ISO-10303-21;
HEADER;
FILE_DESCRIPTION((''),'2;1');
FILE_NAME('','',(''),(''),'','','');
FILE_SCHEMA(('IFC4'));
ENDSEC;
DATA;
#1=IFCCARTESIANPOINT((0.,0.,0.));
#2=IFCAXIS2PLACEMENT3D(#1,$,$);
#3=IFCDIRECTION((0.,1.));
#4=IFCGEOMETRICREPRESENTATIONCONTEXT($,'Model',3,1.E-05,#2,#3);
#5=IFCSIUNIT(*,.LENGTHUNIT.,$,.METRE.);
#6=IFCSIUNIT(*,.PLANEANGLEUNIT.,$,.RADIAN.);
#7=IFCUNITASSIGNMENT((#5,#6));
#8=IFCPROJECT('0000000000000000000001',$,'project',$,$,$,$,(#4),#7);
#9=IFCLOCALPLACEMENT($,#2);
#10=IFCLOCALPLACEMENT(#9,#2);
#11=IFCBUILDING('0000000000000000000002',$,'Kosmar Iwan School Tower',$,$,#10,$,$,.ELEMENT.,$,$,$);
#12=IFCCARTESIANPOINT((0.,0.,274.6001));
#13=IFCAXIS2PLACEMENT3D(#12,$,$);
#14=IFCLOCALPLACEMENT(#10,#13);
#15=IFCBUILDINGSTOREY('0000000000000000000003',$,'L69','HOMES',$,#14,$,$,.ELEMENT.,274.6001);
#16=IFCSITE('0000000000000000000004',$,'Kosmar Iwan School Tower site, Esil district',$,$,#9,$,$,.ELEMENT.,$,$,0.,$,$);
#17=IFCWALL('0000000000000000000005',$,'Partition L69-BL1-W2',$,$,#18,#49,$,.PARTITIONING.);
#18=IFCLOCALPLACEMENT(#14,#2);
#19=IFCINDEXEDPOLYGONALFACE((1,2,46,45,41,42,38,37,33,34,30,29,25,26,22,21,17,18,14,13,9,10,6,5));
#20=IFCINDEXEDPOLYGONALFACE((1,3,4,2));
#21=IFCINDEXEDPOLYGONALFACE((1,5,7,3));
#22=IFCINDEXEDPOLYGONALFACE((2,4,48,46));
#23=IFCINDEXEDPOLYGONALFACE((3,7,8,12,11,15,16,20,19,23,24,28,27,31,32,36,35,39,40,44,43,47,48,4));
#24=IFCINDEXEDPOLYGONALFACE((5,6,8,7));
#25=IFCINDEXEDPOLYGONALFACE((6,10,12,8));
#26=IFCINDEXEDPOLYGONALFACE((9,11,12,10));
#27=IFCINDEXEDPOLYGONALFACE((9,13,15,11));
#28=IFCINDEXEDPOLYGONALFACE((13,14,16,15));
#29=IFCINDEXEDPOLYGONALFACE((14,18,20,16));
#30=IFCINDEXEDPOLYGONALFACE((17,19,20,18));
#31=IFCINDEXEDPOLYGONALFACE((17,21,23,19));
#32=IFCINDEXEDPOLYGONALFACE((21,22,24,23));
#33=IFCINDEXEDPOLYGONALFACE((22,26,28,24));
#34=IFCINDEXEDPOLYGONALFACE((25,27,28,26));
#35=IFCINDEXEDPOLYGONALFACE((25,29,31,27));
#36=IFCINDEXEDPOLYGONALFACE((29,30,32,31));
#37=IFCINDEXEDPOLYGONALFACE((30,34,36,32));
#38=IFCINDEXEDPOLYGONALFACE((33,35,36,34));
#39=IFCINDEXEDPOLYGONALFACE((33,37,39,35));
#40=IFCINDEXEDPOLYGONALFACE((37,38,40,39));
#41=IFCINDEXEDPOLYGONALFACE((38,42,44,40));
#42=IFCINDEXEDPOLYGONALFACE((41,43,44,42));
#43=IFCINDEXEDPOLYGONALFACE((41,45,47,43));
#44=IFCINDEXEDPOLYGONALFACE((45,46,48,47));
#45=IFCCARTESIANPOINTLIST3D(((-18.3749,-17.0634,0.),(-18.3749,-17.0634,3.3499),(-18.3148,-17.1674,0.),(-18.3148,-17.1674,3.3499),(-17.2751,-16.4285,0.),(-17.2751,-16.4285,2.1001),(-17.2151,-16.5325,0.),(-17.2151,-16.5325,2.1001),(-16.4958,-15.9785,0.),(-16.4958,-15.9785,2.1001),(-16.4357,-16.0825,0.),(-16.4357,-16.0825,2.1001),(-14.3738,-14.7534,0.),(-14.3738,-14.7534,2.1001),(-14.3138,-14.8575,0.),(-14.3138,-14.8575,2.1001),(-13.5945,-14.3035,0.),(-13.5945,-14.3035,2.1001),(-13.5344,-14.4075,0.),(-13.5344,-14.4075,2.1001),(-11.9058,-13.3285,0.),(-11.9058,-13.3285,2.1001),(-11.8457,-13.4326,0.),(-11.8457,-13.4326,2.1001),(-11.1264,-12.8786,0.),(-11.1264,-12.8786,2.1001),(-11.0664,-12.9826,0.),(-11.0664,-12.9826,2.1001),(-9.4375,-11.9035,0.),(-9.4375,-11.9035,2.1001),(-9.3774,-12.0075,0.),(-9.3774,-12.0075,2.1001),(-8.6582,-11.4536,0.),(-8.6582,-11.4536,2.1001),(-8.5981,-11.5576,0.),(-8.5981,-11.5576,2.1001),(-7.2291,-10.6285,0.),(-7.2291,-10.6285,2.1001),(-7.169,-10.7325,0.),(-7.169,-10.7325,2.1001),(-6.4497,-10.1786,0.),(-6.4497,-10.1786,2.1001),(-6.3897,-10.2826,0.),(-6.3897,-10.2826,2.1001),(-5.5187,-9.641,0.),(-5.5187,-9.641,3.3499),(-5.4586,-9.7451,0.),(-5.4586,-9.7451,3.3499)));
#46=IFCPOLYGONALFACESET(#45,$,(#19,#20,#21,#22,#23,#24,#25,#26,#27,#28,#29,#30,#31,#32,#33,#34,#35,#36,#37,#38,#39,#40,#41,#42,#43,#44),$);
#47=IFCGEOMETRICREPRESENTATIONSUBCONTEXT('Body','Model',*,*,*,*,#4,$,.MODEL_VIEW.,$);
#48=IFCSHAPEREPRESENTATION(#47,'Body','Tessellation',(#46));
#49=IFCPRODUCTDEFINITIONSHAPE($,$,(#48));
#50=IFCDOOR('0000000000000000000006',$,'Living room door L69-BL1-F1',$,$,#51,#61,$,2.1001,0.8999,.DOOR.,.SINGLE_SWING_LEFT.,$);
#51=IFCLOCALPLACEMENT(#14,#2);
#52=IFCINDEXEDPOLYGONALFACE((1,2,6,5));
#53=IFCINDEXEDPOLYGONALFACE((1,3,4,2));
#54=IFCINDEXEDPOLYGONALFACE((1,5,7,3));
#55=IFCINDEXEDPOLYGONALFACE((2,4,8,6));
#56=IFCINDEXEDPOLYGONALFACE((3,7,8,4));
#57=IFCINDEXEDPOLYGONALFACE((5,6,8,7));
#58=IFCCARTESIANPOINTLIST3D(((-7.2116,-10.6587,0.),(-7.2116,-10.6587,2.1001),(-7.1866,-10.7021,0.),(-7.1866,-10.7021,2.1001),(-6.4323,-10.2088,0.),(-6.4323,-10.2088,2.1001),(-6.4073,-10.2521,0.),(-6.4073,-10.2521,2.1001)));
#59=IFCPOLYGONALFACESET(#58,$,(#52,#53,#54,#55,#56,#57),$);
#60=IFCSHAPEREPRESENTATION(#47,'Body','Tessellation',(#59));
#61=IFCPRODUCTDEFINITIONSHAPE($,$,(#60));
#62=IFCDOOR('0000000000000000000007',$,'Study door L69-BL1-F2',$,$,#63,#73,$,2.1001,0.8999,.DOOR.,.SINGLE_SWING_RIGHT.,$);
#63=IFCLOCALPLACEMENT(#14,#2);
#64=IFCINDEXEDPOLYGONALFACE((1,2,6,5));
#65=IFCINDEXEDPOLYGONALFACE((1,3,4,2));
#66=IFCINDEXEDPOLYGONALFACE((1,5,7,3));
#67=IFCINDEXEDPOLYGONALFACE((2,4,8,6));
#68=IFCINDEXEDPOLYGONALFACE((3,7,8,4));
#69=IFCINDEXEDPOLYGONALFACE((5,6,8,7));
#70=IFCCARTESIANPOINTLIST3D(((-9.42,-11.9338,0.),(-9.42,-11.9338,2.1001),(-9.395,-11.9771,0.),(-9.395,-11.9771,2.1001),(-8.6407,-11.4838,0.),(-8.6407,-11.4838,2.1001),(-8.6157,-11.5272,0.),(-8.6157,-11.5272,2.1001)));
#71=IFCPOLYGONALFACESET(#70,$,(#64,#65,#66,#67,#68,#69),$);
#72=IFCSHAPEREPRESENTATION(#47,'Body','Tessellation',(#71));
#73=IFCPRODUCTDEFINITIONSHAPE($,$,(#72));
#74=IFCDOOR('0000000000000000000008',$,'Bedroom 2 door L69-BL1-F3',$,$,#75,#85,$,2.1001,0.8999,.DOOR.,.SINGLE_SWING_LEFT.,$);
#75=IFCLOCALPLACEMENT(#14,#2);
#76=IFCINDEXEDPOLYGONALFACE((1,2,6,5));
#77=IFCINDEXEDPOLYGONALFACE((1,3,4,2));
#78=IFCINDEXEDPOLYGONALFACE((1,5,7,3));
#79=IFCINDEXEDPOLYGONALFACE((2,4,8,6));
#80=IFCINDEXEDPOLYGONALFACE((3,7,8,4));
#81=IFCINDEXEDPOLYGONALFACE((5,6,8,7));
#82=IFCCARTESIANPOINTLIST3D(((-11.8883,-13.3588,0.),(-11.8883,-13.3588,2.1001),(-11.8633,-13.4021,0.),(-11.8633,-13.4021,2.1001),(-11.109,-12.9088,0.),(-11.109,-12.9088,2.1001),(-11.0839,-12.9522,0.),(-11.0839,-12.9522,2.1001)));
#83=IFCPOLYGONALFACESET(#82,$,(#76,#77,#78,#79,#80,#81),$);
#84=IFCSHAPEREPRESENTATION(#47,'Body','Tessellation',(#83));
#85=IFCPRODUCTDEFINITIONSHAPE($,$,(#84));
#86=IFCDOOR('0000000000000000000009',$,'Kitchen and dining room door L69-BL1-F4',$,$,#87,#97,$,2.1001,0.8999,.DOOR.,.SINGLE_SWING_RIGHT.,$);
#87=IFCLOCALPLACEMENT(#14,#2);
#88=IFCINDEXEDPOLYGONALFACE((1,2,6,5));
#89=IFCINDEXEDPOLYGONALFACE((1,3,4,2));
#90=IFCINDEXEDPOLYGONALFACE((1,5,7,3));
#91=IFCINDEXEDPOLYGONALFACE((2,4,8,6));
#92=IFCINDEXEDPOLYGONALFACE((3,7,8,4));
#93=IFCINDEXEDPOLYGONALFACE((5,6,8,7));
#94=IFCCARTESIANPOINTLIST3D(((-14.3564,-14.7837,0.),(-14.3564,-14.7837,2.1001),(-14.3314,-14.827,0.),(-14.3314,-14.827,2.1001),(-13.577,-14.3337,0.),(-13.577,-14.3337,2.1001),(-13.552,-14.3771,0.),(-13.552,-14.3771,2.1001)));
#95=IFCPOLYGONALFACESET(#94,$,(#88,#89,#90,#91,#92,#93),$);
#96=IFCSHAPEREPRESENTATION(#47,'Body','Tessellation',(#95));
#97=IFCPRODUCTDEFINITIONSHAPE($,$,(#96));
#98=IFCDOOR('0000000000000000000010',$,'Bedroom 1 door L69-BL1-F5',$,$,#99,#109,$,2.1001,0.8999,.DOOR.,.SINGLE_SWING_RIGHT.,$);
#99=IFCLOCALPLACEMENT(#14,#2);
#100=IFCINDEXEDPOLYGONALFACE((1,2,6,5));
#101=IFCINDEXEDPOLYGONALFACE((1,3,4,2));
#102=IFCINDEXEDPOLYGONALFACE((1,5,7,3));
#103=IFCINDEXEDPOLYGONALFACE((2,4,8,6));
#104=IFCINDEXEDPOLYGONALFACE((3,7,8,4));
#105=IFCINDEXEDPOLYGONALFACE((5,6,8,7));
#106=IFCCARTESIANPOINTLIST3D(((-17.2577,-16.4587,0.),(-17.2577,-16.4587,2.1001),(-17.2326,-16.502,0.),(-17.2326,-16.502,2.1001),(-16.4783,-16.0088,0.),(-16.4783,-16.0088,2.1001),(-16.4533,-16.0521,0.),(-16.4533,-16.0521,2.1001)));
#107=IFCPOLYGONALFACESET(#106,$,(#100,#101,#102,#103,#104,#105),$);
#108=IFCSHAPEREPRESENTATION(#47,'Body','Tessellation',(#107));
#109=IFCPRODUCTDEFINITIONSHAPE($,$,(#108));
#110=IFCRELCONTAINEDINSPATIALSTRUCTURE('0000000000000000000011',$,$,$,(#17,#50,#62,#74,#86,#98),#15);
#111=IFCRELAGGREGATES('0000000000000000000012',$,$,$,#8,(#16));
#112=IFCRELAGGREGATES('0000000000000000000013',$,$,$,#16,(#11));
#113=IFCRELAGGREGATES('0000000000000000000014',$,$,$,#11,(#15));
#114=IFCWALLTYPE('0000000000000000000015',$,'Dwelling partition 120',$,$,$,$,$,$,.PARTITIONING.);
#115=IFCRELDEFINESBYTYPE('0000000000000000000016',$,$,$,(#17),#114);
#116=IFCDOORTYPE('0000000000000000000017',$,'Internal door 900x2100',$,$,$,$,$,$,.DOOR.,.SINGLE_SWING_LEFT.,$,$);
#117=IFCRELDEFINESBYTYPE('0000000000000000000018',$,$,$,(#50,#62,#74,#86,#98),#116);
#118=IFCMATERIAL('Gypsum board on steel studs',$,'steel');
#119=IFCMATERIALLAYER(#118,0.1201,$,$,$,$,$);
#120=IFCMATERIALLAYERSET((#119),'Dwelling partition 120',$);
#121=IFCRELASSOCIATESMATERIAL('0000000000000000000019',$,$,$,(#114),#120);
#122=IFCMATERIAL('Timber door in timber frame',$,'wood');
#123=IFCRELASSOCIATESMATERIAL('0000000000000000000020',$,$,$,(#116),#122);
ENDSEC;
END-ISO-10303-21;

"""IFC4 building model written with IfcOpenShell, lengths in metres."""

from ifc_helpers import new_model, si_unit, direction, frame, frame_2d, origin, place, context, subcontext, project, spatial, rectangle, extrude, material, layer, layer_set, type_object, element, fill, save


model = new_model("IFC4")

# Units and contexts
model_context = context("Model", 3, precision=1e-05, world=origin(), true_north=direction((0.0, 1.0)))
body_context = subcontext(model_context, "Body", "Model", "MODEL_VIEW")
ifc_project = project(units=[si_unit("LENGTHUNIT", "METRE"), si_unit("PLANEANGLEUNIT", "RADIAN")], contexts=[model_context])

# Site, building, storey
site_placement = place(None, origin())
site = spatial("IfcSite", under=ifc_project, at=site_placement, Name="Kosmar Iwan School Tower site, Esil district", CompositionType="ELEMENT", RefElevation=0.0)
building_placement = place(site_placement, origin())
building = spatial("IfcBuilding", under=site, at=building_placement, Name="Kosmar Iwan School Tower", CompositionType="ELEMENT")
storey_placement = place(building_placement, frame((0.0, 0.0, 274.6001)))
storey = spatial("IfcBuildingStorey", under=building, at=storey_placement, Name="L69", Description="HOMES", CompositionType="ELEMENT", Elevation=274.6001)

# Wall, openings, doors
ifc_material_1 = material(Name="Gypsum board on steel studs", Category="steel")
ifc_layer_1 = layer(ifc_material_1, 0.1201)
ifc_layer_set_1 = layer_set([ifc_layer_1], Name="Dwelling partition 120")
wall_type_1 = type_object("IfcWallType", Name="Dwelling partition 120", PredefinedType="PARTITIONING", material=ifc_layer_set_1)
ifc_material_2 = material(Name="Timber door in timber frame", Category="wood")
door_type_1 = type_object("IfcDoorType", Name="Internal door 900x2100", OperationType="SINGLE_SWING_LEFT", PredefinedType="DOOR", material=ifc_material_2)
wall_1_placement = place(storey_placement, frame((-5.4888, -9.6931, 0.0), z_axis=(0.0, 0.0, 1.0), x_axis=(-0.86603, -0.499992, 0.0)))
wall_1 = element("IfcWall", 1, at=wall_1_placement, inside=storey, type_object=wall_type_1, Name="Partition L69-BL1-W2", PredefinedType="PARTITIONING", context=body_context, shape_type="SweptSolid", body=[
    extrude(rectangle(XDim=14.845, YDim=0.1201, at=frame_2d((7.4224, 0.0))), origin(), (0.0, 0.0, 1.0), 3.3499),
])
opening_1_placement = place(wall_1_placement, frame((1.075, 0.0, 0.0)))
opening_1 = element("IfcOpeningElement", 2, at=opening_1_placement, cuts=wall_1, PredefinedType="OPENING", context=body_context, shape_type="SweptSolid", body=[
    extrude(rectangle(XDim=0.8999, YDim=2.1001, at=frame_2d((0.45, 1.05))), frame((0.0, 0.072, 0.0), z_axis=(0.0, -1.0, 0.0), x_axis=(1.0, 0.0, 0.0)), (0.0, 0.0, 1.0), 0.144),
])
opening_2_placement = place(wall_1_placement, frame((3.625, 0.0, 0.0)))
opening_2 = element("IfcOpeningElement", 3, at=opening_2_placement, cuts=wall_1, PredefinedType="OPENING", context=body_context, shape_type="SweptSolid", body=[
    extrude(rectangle(XDim=0.8999, YDim=2.1001, at=frame_2d((0.45, 1.05))), frame((0.0, 0.072, 0.0), z_axis=(0.0, -1.0, 0.0), x_axis=(1.0, 0.0, 0.0)), (0.0, 0.0, 1.0), 0.144),
])
opening_3_placement = place(wall_1_placement, frame((6.4751, 0.0, 0.0)))
opening_3 = element("IfcOpeningElement", 4, at=opening_3_placement, cuts=wall_1, PredefinedType="OPENING", context=body_context, shape_type="SweptSolid", body=[
    extrude(rectangle(XDim=0.8999, YDim=2.1001, at=frame_2d((0.45, 1.05))), frame((0.0, 0.072, 0.0), z_axis=(0.0, -1.0, 0.0), x_axis=(1.0, 0.0, 0.0)), (0.0, 0.0, 1.0), 0.144),
])
opening_4_placement = place(wall_1_placement, frame((9.325, 0.0, 0.0)))
opening_4 = element("IfcOpeningElement", 5, at=opening_4_placement, cuts=wall_1, PredefinedType="OPENING", context=body_context, shape_type="SweptSolid", body=[
    extrude(rectangle(XDim=0.8999, YDim=2.1001, at=frame_2d((0.45, 1.05))), frame((0.0, 0.072, 0.0), z_axis=(0.0, -1.0, 0.0), x_axis=(1.0, 0.0, 0.0)), (0.0, 0.0, 1.0), 0.144),
])
opening_5_placement = place(wall_1_placement, frame((12.675, 0.0, 0.0)))
opening_5 = element("IfcOpeningElement", 6, at=opening_5_placement, cuts=wall_1, PredefinedType="OPENING", context=body_context, shape_type="SweptSolid", body=[
    extrude(rectangle(XDim=0.8999, YDim=2.1001, at=frame_2d((0.45, 1.05))), frame((0.0, 0.072, 0.0), z_axis=(0.0, -1.0, 0.0), x_axis=(1.0, 0.0, 0.0)), (0.0, 0.0, 1.0), 0.144),
])
door_1_placement = place(opening_1_placement, origin())
door_1 = element("IfcDoor", 7, at=door_1_placement, inside=storey, type_object=door_type_1, Name="Living room door L69-BL1-F1", OperationType="SINGLE_SWING_LEFT", OverallHeight=2.1001, OverallWidth=0.8999, PredefinedType="DOOR", context=body_context, shape_type="SweptSolid", body=[
    extrude(rectangle(XDim=0.8999, YDim=2.1001, at=frame_2d((0.45, 1.05))), frame((0.0, 0.0249, 0.0), z_axis=(0.0, -1.0, 0.0), x_axis=(1.0, 0.0, 0.0)), (0.0, 0.0, 1.0), 0.05),
])
fill(opening_1, door_1)
door_2_placement = place(opening_2_placement, origin())
door_2 = element("IfcDoor", 8, at=door_2_placement, inside=storey, type_object=door_type_1, Name="Study door L69-BL1-F2", OperationType="SINGLE_SWING_RIGHT", OverallHeight=2.1001, OverallWidth=0.8999, PredefinedType="DOOR", context=body_context, shape_type="SweptSolid", body=[
    extrude(rectangle(XDim=0.8999, YDim=2.1001, at=frame_2d((0.45, 1.05))), frame((0.0, 0.0249, 0.0), z_axis=(0.0, -1.0, 0.0), x_axis=(1.0, 0.0, 0.0)), (0.0, 0.0, 1.0), 0.05),
])
fill(opening_2, door_2)
door_3_placement = place(opening_3_placement, origin())
door_3 = element("IfcDoor", 9, at=door_3_placement, inside=storey, type_object=door_type_1, Name="Bedroom 2 door L69-BL1-F3", OperationType="SINGLE_SWING_LEFT", OverallHeight=2.1001, OverallWidth=0.8999, PredefinedType="DOOR", context=body_context, shape_type="SweptSolid", body=[
    extrude(rectangle(XDim=0.8999, YDim=2.1001, at=frame_2d((0.45, 1.05))), frame((0.0, 0.0249, 0.0), z_axis=(0.0, -1.0, 0.0), x_axis=(1.0, 0.0, 0.0)), (0.0, 0.0, 1.0), 0.05),
])
fill(opening_3, door_3)
door_4_placement = place(opening_4_placement, origin())
door_4 = element("IfcDoor", 10, at=door_4_placement, inside=storey, type_object=door_type_1, Name="Kitchen and dining room door L69-BL1-F4", OperationType="SINGLE_SWING_RIGHT", OverallHeight=2.1001, OverallWidth=0.8999, PredefinedType="DOOR", context=body_context, shape_type="SweptSolid", body=[
    extrude(rectangle(XDim=0.8999, YDim=2.1001, at=frame_2d((0.45, 1.05))), frame((0.0, 0.0249, 0.0), z_axis=(0.0, -1.0, 0.0), x_axis=(1.0, 0.0, 0.0)), (0.0, 0.0, 1.0), 0.05),
])
fill(opening_4, door_4)
door_5_placement = place(opening_5_placement, origin())
door_5 = element("IfcDoor", 11, at=door_5_placement, inside=storey, type_object=door_type_1, Name="Bedroom 1 door L69-BL1-F5", OperationType="SINGLE_SWING_RIGHT", OverallHeight=2.1001, OverallWidth=0.8999, PredefinedType="DOOR", context=body_context, shape_type="SweptSolid", body=[
    extrude(rectangle(XDim=0.8999, YDim=2.1001, at=frame_2d((0.45, 1.05))), frame((0.0, 0.0249, 0.0), z_axis=(0.0, -1.0, 0.0), x_axis=(1.0, 0.0, 0.0)), (0.0, 0.0, 1.0), 0.05),
])
fill(opening_5, door_5)

save(model, "model.ifc")
